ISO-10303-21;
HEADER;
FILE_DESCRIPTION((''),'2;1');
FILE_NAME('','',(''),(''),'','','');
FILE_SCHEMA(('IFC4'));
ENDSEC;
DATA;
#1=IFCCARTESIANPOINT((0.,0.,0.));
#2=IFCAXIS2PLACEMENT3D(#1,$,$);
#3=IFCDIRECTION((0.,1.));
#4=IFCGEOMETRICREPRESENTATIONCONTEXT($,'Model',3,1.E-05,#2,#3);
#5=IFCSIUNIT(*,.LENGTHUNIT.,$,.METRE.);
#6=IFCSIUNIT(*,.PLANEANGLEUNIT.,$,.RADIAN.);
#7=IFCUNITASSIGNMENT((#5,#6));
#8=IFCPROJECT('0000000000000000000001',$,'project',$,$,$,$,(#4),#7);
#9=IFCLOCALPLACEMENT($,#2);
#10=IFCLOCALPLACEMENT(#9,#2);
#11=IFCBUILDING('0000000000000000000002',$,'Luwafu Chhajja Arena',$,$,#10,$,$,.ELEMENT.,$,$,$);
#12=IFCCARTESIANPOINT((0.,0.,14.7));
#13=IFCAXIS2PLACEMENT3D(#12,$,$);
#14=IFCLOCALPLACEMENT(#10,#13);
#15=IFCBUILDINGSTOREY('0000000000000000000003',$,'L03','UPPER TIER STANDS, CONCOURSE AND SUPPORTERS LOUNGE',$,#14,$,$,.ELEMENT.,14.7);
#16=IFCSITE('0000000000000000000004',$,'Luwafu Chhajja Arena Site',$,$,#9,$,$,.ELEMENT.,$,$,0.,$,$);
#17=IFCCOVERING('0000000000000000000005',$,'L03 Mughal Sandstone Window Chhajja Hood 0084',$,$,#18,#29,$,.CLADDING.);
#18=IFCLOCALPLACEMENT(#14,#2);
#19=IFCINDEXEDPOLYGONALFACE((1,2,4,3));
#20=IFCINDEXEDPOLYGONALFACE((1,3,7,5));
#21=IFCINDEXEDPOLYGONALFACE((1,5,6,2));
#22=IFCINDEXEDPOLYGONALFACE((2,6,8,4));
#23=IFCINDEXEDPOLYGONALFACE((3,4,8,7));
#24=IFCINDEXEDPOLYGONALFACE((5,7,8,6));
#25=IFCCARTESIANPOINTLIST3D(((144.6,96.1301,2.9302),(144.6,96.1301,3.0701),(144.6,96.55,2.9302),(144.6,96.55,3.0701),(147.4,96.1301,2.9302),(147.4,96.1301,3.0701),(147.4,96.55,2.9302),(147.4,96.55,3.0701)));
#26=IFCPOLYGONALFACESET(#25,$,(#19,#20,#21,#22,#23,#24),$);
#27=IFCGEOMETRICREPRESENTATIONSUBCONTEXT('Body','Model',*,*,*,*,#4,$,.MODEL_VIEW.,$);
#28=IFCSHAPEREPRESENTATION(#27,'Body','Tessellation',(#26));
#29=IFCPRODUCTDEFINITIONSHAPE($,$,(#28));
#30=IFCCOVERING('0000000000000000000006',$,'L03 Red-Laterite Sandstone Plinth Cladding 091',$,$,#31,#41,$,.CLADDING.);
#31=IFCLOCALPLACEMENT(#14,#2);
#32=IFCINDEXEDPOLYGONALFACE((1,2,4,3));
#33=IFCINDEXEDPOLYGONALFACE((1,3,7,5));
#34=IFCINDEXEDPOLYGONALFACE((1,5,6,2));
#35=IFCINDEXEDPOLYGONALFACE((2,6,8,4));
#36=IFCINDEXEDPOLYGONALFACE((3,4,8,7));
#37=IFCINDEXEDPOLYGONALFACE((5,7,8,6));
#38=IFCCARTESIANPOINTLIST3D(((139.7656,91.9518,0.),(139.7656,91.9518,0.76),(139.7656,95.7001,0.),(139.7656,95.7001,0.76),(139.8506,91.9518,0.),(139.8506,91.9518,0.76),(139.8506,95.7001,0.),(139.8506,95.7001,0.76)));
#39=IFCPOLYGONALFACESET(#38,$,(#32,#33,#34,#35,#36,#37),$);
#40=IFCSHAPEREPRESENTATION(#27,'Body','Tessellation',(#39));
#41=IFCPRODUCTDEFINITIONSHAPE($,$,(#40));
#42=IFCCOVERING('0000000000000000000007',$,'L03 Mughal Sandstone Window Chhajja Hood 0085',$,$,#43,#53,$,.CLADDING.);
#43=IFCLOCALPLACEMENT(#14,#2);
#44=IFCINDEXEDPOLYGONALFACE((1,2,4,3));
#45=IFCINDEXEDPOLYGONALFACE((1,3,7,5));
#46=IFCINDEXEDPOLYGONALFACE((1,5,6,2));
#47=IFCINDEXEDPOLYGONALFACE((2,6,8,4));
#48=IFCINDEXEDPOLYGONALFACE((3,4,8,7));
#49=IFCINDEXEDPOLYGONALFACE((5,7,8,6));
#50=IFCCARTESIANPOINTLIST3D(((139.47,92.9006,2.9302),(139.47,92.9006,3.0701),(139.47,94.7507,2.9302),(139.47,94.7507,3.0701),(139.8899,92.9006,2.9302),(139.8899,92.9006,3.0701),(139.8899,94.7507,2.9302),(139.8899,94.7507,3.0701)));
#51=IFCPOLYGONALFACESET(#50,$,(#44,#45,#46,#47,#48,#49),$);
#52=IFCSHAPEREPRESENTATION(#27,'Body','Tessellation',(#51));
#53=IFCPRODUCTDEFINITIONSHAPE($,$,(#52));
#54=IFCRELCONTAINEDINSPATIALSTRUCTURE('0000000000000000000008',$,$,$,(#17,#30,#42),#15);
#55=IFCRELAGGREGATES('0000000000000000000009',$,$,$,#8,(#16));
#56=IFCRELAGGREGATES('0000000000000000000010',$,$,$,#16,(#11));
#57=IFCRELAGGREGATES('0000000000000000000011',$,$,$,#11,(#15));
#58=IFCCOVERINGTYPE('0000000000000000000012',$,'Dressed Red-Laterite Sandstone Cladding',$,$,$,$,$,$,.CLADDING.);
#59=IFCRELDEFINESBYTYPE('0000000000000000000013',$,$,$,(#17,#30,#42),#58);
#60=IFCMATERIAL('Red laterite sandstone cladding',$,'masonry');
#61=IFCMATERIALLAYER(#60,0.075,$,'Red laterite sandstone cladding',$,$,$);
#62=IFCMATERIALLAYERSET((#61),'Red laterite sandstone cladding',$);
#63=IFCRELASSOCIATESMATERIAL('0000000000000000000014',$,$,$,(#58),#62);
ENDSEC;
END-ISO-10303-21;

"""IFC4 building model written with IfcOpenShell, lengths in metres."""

from ifc_helpers import new_model, si_unit, direction, frame, origin, origin_2d, place, context, subcontext, project, spatial, rectangle, extrude, material, layer, layer_set, type_object, element, save


model = new_model("IFC4")

# Units and contexts
model_context = context("Model", 3, precision=1e-05, world=origin(), true_north=direction((0.0, 1.0)))
body_context = subcontext(model_context, "Body", "Model", "MODEL_VIEW")
ifc_project = project(units=[si_unit("LENGTHUNIT", "METRE"), si_unit("PLANEANGLEUNIT", "RADIAN")], contexts=[model_context])

# Site, building, storey
site_placement = place(None, origin())
site = spatial("IfcSite", under=ifc_project, at=site_placement, Name="Luwafu Chhajja Arena Site", CompositionType="ELEMENT", RefElevation=0.0)
building_placement = place(site_placement, origin())
building = spatial("IfcBuilding", under=site, at=building_placement, Name="Luwafu Chhajja Arena", CompositionType="ELEMENT")
storey_placement = place(building_placement, frame((0.0, 0.0, 14.7)))
storey = spatial("IfcBuildingStorey", under=building, at=storey_placement, Name="L03", Description="UPPER TIER STANDS, CONCOURSE AND SUPPORTERS LOUNGE", CompositionType="ELEMENT", Elevation=14.7)

# Coverings
ifc_material_1 = material(Name="Red laterite sandstone cladding", Category="masonry")
ifc_layer_1 = layer(ifc_material_1, 0.075, Name="Red laterite sandstone cladding")
ifc_layer_set_1 = layer_set([ifc_layer_1], Name="Red laterite sandstone cladding")
covering_type = type_object("IfcCoveringType", Name="Dressed Red-Laterite Sandstone Cladding", PredefinedType="CLADDING", material=ifc_layer_set_1)
covering_1_placement = place(storey_placement, frame((146.0, 96.3401, 2.9302), z_axis=(0.0, 0.0, 1.0), x_axis=(1.0, 0.0, 0.0)))
element("IfcCovering", 1, at=covering_1_placement, inside=storey, type_object=covering_type, Name="L03 Mughal Sandstone Window Chhajja Hood 0084", PredefinedType="CLADDING", context=body_context, shape_type="SweptSolid", body=[
    extrude(rectangle(XDim=2.8, YDim=0.4199, at=origin_2d()), origin(), (0.0, 0.0, 1.0), 0.1399),
])
covering_2_placement = place(storey_placement, frame((139.8081, 93.8259, 0.0), z_axis=(0.0, 0.0, 1.0), x_axis=(0.0, 1.0, 0.0)))
element("IfcCovering", 2, at=covering_2_placement, inside=storey, type_object=covering_type, Name="L03 Red-Laterite Sandstone Plinth Cladding 091", PredefinedType="CLADDING", context=body_context, shape_type="SweptSolid", body=[
    extrude(rectangle(XDim=3.7483, YDim=0.085, at=origin_2d()), origin(), (0.0, 0.0, 1.0), 0.76),
])
covering_3_placement = place(storey_placement, frame((139.6799, 93.8257, 2.9302), z_axis=(0.0, 0.0, 1.0), x_axis=(0.0, 1.0, 0.0)))
element("IfcCovering", 3, at=covering_3_placement, inside=storey, type_object=covering_type, Name="L03 Mughal Sandstone Window Chhajja Hood 0085", PredefinedType="CLADDING", context=body_context, shape_type="SweptSolid", body=[
    extrude(rectangle(XDim=1.8501, YDim=0.4199, at=origin_2d()), origin(), (0.0, 0.0, 1.0), 0.1399),
])

save(model, "model.ifc")
